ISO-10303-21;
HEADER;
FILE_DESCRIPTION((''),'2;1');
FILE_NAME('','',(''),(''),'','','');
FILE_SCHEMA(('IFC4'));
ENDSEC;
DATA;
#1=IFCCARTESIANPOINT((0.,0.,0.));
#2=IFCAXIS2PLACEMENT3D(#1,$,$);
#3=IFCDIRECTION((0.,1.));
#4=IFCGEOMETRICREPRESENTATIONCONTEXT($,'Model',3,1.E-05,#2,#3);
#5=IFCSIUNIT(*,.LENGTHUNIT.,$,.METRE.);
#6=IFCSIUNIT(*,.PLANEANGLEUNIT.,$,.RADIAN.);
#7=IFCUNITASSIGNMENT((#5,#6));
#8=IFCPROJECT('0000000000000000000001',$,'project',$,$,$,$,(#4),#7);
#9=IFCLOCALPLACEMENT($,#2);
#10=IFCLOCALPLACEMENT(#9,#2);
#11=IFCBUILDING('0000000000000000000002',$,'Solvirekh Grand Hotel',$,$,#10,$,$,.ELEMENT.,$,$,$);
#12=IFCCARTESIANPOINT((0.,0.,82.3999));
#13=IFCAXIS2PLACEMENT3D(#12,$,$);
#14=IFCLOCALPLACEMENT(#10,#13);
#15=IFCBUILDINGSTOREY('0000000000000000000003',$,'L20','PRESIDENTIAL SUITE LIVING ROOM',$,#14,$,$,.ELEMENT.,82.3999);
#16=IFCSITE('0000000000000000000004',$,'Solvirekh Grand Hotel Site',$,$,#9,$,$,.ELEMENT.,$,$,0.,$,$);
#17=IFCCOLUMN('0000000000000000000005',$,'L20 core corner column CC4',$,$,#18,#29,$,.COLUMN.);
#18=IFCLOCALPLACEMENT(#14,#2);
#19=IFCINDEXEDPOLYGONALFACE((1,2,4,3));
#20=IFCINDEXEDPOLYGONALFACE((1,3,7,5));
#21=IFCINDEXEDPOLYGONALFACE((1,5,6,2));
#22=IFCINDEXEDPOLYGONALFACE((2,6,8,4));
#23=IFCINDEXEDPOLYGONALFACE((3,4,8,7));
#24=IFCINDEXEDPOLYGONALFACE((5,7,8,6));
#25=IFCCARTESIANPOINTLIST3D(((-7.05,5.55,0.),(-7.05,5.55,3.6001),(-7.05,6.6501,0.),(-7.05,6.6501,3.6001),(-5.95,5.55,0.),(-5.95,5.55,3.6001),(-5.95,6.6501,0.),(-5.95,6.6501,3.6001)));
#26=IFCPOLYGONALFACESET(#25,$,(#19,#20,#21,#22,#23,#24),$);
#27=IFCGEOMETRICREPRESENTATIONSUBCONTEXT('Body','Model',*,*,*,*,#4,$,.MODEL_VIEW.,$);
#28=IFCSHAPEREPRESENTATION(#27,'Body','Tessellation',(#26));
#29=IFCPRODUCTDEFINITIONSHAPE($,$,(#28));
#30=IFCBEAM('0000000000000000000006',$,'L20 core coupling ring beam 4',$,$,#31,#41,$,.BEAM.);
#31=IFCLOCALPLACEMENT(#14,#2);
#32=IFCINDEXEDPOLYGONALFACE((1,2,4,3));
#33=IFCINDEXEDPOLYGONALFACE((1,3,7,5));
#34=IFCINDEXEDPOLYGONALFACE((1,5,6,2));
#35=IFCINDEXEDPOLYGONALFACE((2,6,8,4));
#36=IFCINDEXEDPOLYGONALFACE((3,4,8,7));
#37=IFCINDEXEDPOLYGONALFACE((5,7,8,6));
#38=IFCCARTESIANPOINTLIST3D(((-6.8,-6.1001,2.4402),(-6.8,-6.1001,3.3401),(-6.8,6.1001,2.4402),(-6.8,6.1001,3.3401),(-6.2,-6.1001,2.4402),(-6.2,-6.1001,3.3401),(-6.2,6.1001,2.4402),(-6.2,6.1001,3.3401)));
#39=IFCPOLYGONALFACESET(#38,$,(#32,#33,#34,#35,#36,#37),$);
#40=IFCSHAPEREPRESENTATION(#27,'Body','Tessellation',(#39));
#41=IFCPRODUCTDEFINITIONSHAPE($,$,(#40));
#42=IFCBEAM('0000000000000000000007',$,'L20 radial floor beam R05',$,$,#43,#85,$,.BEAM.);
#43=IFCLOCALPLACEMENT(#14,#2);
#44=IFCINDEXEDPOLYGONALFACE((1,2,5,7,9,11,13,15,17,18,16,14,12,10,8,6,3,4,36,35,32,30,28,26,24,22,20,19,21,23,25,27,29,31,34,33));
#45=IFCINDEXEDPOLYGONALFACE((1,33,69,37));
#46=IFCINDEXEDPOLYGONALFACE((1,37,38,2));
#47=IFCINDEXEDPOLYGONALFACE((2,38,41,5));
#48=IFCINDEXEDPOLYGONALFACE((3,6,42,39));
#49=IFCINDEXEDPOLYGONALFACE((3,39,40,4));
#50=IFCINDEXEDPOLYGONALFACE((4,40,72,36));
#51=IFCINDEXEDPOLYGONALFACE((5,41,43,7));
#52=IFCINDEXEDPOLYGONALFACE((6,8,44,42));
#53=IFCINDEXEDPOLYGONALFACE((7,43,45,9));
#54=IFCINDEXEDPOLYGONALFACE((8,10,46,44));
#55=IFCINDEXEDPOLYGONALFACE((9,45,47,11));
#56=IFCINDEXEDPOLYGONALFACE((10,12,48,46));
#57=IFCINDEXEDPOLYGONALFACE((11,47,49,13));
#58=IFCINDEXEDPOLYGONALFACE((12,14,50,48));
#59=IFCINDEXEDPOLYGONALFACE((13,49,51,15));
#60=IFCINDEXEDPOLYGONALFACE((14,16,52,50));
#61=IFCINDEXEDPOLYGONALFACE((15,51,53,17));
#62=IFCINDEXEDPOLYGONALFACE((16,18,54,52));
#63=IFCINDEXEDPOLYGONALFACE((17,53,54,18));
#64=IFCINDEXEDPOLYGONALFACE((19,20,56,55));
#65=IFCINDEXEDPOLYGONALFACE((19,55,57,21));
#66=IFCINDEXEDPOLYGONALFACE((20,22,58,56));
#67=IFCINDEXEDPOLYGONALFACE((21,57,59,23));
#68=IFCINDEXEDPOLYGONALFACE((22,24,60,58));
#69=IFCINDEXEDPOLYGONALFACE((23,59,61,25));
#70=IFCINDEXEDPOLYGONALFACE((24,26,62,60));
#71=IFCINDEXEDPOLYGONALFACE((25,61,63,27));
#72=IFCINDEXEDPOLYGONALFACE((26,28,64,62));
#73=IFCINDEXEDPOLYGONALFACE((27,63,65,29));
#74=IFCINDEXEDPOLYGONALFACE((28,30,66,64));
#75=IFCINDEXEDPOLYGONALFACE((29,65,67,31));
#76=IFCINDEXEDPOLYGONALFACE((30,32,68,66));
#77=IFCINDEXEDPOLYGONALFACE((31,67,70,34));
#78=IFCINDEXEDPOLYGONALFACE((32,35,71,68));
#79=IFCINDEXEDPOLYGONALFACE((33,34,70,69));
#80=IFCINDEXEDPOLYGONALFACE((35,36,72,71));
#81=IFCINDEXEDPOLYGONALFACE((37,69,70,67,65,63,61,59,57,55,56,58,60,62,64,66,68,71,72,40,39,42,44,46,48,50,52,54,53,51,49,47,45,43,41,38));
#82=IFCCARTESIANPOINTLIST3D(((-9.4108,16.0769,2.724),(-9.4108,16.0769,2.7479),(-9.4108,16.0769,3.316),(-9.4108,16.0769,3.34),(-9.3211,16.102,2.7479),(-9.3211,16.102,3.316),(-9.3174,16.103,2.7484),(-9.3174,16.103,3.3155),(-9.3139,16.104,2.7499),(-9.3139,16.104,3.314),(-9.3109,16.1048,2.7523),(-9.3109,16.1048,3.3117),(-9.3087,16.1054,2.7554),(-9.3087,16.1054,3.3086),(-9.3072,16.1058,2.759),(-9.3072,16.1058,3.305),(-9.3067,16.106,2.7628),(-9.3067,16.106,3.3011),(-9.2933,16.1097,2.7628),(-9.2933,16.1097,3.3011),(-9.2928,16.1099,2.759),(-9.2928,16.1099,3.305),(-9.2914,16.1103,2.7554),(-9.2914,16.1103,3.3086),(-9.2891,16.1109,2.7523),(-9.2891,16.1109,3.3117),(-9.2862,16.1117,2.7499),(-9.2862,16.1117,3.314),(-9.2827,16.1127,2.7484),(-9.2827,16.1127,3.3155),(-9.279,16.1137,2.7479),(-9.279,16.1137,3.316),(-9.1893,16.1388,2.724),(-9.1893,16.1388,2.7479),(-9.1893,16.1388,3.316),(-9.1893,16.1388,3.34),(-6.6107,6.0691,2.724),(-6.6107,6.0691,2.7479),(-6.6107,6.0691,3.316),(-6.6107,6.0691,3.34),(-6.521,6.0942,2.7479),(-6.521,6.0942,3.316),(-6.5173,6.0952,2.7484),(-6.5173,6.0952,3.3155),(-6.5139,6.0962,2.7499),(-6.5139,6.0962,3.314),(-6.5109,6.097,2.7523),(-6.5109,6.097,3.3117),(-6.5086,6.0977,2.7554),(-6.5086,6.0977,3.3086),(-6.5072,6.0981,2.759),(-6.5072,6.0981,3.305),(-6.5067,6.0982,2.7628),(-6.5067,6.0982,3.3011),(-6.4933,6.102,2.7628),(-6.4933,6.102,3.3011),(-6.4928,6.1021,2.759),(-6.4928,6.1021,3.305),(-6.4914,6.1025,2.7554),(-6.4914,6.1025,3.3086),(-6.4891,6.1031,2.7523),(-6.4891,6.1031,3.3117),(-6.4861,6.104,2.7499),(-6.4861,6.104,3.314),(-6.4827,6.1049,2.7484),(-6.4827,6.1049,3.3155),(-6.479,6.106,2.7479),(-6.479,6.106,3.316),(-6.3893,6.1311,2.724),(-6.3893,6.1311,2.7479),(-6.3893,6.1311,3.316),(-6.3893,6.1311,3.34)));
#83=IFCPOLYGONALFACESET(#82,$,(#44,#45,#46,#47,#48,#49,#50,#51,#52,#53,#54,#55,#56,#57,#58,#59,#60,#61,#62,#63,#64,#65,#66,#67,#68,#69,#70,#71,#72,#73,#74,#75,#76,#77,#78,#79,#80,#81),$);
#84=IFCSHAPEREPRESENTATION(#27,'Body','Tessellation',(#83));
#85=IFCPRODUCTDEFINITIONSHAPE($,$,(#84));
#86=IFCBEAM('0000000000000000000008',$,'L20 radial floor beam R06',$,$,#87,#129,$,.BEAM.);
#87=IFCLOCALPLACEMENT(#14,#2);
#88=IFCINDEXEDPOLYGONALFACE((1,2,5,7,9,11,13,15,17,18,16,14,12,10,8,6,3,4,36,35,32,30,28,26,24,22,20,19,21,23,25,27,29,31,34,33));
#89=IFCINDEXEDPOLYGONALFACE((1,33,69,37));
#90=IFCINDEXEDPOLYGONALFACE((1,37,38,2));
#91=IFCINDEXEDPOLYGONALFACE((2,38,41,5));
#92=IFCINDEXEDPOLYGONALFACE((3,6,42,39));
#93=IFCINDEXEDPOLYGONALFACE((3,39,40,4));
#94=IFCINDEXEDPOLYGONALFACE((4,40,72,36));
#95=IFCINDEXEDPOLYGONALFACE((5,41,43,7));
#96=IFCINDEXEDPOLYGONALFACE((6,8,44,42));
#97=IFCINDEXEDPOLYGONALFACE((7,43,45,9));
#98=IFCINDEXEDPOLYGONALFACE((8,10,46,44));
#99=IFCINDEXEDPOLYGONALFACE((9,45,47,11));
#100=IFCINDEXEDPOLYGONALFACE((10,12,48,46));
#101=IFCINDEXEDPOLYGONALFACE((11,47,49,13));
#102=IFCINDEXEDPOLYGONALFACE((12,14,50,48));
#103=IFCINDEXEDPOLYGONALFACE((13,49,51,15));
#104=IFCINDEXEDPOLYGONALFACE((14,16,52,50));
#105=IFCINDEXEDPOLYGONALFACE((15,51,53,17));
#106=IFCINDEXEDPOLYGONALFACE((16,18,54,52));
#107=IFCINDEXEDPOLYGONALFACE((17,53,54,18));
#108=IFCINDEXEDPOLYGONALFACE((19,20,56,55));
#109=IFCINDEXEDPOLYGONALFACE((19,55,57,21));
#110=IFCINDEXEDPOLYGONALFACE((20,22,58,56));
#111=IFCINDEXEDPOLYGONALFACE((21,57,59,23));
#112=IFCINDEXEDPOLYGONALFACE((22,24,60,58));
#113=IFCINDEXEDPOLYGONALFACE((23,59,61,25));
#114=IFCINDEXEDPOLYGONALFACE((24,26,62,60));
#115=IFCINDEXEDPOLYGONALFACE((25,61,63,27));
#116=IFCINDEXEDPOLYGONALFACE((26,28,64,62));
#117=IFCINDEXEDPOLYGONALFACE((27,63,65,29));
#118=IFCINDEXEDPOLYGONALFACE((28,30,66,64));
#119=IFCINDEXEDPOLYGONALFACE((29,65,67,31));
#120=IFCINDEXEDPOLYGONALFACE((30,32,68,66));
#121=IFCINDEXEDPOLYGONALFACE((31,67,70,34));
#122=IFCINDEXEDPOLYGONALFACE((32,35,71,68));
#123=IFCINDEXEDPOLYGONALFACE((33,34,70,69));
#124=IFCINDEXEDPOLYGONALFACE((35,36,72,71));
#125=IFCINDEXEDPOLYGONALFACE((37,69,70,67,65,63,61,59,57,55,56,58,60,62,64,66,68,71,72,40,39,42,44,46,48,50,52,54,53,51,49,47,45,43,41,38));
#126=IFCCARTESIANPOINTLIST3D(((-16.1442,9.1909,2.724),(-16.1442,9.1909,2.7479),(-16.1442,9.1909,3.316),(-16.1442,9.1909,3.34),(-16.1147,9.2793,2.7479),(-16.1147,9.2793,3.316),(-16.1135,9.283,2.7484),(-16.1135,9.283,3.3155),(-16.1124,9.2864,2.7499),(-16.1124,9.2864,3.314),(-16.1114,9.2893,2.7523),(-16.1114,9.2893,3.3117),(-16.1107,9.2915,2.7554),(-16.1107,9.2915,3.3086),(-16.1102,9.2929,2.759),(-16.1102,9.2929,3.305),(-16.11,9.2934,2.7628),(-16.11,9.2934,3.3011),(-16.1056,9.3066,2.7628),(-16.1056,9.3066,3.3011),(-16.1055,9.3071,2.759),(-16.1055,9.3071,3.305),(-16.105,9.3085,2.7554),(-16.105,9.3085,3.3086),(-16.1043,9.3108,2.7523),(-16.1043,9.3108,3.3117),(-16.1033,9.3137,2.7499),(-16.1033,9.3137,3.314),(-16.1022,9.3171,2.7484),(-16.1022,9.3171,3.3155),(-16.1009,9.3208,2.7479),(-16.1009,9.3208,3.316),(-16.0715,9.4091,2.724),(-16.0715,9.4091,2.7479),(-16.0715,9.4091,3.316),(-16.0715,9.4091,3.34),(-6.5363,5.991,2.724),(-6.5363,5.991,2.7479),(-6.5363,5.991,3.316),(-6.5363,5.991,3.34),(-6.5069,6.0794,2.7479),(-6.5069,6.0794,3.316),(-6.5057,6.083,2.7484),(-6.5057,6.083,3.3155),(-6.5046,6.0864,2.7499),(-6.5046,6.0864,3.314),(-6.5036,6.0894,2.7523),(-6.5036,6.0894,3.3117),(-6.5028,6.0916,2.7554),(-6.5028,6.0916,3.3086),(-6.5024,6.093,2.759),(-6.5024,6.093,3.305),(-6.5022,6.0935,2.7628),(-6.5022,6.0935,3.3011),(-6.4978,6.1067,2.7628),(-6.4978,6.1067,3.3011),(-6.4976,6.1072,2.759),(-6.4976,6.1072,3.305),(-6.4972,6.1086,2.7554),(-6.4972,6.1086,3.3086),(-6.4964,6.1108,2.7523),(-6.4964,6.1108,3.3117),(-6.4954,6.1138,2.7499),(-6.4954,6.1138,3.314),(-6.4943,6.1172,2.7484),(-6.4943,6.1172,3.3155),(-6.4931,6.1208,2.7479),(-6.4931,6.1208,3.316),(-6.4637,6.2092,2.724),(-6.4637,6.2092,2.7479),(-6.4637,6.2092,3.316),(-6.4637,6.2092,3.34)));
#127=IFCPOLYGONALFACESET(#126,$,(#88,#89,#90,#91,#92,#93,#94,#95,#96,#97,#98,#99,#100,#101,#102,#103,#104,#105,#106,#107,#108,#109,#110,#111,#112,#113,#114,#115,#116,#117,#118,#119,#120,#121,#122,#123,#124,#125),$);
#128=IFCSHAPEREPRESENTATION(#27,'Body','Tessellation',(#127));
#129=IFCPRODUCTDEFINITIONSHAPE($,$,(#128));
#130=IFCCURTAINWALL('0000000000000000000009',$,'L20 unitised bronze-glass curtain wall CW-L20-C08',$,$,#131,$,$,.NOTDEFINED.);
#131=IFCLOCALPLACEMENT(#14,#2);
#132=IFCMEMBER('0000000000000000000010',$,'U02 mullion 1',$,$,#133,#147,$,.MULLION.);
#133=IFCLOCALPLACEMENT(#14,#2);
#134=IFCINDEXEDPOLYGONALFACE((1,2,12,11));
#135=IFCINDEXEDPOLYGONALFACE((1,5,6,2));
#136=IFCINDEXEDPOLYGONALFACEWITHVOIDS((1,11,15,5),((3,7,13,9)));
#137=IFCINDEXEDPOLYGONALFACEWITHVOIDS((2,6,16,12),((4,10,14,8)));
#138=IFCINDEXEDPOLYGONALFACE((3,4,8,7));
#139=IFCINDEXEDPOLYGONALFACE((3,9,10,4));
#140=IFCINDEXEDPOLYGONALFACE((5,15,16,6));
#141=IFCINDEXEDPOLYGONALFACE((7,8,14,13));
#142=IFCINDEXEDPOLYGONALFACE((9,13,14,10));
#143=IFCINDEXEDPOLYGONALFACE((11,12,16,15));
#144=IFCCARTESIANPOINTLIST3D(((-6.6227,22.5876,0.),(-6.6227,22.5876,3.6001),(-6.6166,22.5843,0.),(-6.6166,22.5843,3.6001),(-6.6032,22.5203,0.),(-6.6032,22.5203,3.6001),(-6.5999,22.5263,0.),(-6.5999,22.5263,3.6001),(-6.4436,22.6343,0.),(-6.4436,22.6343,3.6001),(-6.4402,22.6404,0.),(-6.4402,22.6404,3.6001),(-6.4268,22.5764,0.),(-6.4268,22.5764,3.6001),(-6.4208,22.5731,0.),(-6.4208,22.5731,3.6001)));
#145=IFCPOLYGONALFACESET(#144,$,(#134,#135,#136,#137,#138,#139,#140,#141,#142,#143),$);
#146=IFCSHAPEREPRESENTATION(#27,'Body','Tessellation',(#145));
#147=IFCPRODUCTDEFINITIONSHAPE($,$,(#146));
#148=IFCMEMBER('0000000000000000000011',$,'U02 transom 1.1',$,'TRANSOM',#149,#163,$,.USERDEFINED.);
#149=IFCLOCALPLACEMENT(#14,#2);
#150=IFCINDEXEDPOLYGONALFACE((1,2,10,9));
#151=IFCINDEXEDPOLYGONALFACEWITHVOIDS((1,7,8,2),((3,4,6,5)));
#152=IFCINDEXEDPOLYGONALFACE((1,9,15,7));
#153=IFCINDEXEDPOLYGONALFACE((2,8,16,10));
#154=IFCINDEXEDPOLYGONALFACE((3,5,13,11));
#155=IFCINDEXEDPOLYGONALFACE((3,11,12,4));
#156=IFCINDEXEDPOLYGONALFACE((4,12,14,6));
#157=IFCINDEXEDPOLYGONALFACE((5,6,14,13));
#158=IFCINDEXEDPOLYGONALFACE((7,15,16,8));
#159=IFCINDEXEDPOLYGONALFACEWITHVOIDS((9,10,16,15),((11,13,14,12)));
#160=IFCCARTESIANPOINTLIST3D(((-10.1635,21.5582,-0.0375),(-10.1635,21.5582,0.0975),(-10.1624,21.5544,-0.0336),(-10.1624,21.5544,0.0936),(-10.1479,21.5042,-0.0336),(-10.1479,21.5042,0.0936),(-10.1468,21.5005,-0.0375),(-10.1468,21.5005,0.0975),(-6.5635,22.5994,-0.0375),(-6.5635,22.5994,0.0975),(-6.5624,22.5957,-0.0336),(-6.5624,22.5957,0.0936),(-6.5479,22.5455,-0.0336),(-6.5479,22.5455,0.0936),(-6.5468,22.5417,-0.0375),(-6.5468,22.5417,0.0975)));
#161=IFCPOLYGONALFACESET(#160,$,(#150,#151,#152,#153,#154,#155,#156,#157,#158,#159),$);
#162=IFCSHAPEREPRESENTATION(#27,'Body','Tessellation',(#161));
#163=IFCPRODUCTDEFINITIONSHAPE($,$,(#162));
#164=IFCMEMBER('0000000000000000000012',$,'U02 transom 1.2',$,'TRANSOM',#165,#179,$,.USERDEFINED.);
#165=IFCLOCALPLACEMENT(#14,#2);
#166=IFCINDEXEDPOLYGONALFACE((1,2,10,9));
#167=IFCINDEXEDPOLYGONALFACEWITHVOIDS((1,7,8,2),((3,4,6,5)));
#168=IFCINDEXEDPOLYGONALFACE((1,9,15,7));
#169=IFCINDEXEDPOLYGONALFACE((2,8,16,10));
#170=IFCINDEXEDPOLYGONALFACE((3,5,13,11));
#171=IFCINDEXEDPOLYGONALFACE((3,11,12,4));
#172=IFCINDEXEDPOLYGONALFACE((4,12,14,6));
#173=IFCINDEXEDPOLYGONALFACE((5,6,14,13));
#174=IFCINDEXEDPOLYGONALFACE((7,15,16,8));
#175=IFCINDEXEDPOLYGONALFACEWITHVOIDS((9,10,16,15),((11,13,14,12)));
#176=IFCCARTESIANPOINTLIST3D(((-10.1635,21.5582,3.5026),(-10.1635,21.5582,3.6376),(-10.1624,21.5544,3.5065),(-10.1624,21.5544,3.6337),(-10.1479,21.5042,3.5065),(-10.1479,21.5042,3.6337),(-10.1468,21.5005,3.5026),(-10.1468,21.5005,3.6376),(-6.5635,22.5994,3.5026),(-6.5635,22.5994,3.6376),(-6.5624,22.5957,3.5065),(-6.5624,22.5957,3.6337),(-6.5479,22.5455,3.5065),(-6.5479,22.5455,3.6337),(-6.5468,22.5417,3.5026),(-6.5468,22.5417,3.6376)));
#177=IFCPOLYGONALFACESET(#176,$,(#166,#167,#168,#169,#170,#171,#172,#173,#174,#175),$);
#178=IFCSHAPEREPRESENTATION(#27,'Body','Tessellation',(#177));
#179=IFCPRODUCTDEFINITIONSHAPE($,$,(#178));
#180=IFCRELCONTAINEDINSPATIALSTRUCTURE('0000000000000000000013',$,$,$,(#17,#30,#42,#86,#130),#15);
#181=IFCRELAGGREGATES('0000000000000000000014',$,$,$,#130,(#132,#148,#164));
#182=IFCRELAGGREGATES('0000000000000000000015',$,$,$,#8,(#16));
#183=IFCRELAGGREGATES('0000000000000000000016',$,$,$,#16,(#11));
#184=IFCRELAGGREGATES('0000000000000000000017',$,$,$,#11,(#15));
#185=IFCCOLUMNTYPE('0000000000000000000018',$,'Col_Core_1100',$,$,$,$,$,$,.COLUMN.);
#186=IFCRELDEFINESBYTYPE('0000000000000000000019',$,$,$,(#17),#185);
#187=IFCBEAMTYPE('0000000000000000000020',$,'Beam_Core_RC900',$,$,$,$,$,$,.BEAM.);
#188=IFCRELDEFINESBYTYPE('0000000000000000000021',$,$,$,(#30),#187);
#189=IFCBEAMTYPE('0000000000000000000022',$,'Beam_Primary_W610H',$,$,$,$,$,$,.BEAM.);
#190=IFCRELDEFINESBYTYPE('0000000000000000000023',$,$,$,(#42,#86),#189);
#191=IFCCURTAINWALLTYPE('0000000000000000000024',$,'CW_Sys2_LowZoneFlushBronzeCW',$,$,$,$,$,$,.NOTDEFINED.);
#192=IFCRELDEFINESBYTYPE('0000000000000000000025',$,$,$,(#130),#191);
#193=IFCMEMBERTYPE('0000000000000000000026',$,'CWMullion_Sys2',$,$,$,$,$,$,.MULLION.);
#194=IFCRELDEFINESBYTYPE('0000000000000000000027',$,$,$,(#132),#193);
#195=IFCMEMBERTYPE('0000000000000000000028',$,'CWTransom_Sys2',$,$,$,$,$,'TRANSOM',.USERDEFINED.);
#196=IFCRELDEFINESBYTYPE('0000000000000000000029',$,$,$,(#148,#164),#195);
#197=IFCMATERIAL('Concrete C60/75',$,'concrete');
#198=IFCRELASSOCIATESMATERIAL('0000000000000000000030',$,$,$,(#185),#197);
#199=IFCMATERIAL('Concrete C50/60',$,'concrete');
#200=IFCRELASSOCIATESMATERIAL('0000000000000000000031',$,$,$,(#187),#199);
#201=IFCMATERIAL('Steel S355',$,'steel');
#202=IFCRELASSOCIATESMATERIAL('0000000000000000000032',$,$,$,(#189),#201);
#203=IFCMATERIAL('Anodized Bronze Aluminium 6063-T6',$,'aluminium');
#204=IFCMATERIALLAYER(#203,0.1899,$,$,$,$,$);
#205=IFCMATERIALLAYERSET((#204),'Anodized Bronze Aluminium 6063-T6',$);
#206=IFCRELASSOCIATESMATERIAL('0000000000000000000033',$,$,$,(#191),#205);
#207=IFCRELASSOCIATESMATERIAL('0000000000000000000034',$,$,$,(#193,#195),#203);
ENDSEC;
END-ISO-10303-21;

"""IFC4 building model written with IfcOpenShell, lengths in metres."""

from ifc_helpers import new_model, si_unit, direction, frame, origin, origin_2d, place, context, subcontext, project, spatial, rectangle, hollow_rectangle, i_section, extrude, source, transform, mapped, material, layer, layer_set, material_profile, profile_set, type_object, element, aggregate, save


model = new_model("IFC4")

# Units and contexts
model_context = context("Model", 3, precision=1e-05, world=origin(), true_north=direction((0.0, 1.0)))
body_context = subcontext(model_context, "Body", "Model", "MODEL_VIEW")
ifc_project = project(units=[si_unit("LENGTHUNIT", "METRE"), si_unit("PLANEANGLEUNIT", "RADIAN")], contexts=[model_context])

# Site, building, storey
site_placement = place(None, origin())
site = spatial("IfcSite", under=ifc_project, at=site_placement, Name="Solvirekh Grand Hotel Site", CompositionType="ELEMENT", RefElevation=0.0)
building_placement = place(site_placement, origin())
building = spatial("IfcBuilding", under=site, at=building_placement, Name="Solvirekh Grand Hotel", CompositionType="ELEMENT")
storey_placement = place(building_placement, frame((0.0, 0.0, 82.3999)))
storey = spatial("IfcBuildingStorey", under=building, at=storey_placement, Name="L20", Description="PRESIDENTIAL SUITE LIVING ROOM", CompositionType="ELEMENT", Elevation=82.3999)

# Column
ifc_material_1 = material(Name="Concrete C60/75", Category="concrete")
ifc_material_profile_1 = material_profile(ifc_material_1, rectangle(XDim=1.1001, YDim=1.1001, at=origin_2d()), Name="RC 1100X1100")
ifc_profile_set_1 = profile_set([ifc_material_profile_1], Name="Concrete C60/75")
column_type = type_object("IfcColumnType", Name="Col_Core_1100", PredefinedType="COLUMN", material=ifc_profile_set_1)
column_placement = place(storey_placement, frame((-6.5, 6.1001, 0.0), z_axis=(0.0, 0.0, 1.0), x_axis=(1.0, 0.0, 0.0)))
element("IfcColumn", 1, at=column_placement, inside=storey, type_object=column_type, Name="L20 core corner column CC4", PredefinedType="COLUMN", context=body_context, shape_type="SweptSolid", body=[
    extrude(rectangle(XDim=1.1001, YDim=1.1001, at=origin_2d()), origin(), (0.0, 0.0, 1.0), 3.6001),
])

# Beams
ifc_material_2 = material(Name="Concrete C50/60", Category="concrete")
ifc_material_profile_2 = material_profile(ifc_material_2, rectangle(XDim=0.6001, YDim=0.8999, at=origin_2d()), Name="RC BEAM 600X900")
ifc_profile_set_2 = profile_set([ifc_material_profile_2], Name="Concrete C50/60")
beam_type_1 = type_object("IfcBeamType", Name="Beam_Core_RC900", PredefinedType="BEAM", material=ifc_profile_set_2)
beam_1_placement = place(storey_placement, frame((-6.5, 6.1001, 2.8901), z_axis=(0.0, -1.0, 0.0), x_axis=(1.0, 0.0, 0.0)))
element("IfcBeam", 2, at=beam_1_placement, inside=storey, type_object=beam_type_1, Name="L20 core coupling ring beam 4", PredefinedType="BEAM", context=body_context, shape_type="SweptSolid", body=[
    extrude(rectangle(XDim=0.6001, YDim=0.8999, at=origin_2d()), origin(), (0.0, 0.0, 1.0), 12.2002),
])
ifc_material_3 = material(Name="Steel S355", Category="steel")
ifc_material_profile_3 = material_profile(ifc_material_3, i_section(OverallWidth=0.23, OverallDepth=0.616, WebThickness=0.0139, FlangeThickness=0.0239, FilletRadius=0.0149, at=origin_2d()), Name="W610X174")
ifc_profile_set_3 = profile_set([ifc_material_profile_3], Name="Steel S355")
beam_type_2 = type_object("IfcBeamType", Name="Beam_Primary_W610H", PredefinedType="BEAM", material=ifc_profile_set_3)
beam_2_placement = place(storey_placement, frame((-6.5, 6.1001, 3.032), z_axis=(-0.269439, 0.963017, 0.0), x_axis=(-0.963017, -0.269439, 0.0)))
element("IfcBeam", 3, at=beam_2_placement, inside=storey, type_object=beam_type_2, Name="L20 radial floor beam R05", PredefinedType="BEAM", context=body_context, shape_type="SweptSolid", body=[
    extrude(i_section(OverallWidth=0.23, OverallDepth=0.616, WebThickness=0.0139, FlangeThickness=0.0239, FilletRadius=0.0149, at=origin_2d()), origin(), (0.0, 0.0, 1.0), 10.3921),
])
beam_3_placement = place(storey_placement, frame((-6.5, 6.1001, 3.032), z_axis=(-0.948763, 0.315989, 0.0), x_axis=(-0.315989, -0.948763, 0.0)))
element("IfcBeam", 4, at=beam_3_placement, inside=storey, type_object=beam_type_2, Name="L20 radial floor beam R06", PredefinedType="BEAM", context=body_context, shape_type="SweptSolid", body=[
    extrude(i_section(OverallWidth=0.23, OverallDepth=0.616, WebThickness=0.0139, FlangeThickness=0.0239, FilletRadius=0.0149, at=origin_2d()), origin(), (0.0, 0.0, 1.0), 10.1267),
])

# Curtain wall, members
ifc_material_4 = material(Name="Anodized Bronze Aluminium 6063-T6", Category="aluminium")
ifc_layer_1 = layer(ifc_material_4, 0.1899)
ifc_layer_set_1 = layer_set([ifc_layer_1], Name="Anodized Bronze Aluminium 6063-T6")
curtain_wall_type = type_object("IfcCurtainWallType", Name="CW_Sys2_LowZoneFlushBronzeCW", PredefinedType="NOTDEFINED", material=ifc_layer_set_1)
curtain_wall_placement = place(storey_placement, origin())
curtain_wall = element("IfcCurtainWall", 5, at=curtain_wall_placement, inside=storey, type_object=curtain_wall_type, Name="L20 unitised bronze-glass curtain wall CW-L20-C08", PredefinedType="NOTDEFINED")
ifc_material_profile_4 = material_profile(ifc_material_4, hollow_rectangle(XDim=0.0701, YDim=0.1899, WallThickness=0.0049, at=origin_2d()), Name="ALU RHS 190X70X5")
ifc_profile_set_4 = profile_set([ifc_material_profile_4], Name="Anodized Bronze Aluminium 6063-T6")
member_type_1 = type_object("IfcMemberType", Name="CWMullion_Sys2", PredefinedType="MULLION", material=ifc_profile_set_4)
shared_shape_1 = source(origin(), body_context, "Body", "SweptSolid", [
    extrude(hollow_rectangle(XDim=0.0701, YDim=0.1899, WallThickness=0.0049, at=origin_2d()), origin(), (0.0, 0.0, 1.0), 3.6001),
])
member_1_placement = place(storey_placement, frame((-6.5217, 22.5803, 0.0), z_axis=(0.0, 0.0, 1.0), x_axis=(0.277856, -0.960623, 0.0)))
member_1 = element("IfcMember", 6, at=member_1_placement, type_object=member_type_1, Name="U02 mullion 1", PredefinedType="MULLION", context=body_context, shape_type="MappedRepresentation", body=[
    mapped(shared_shape_1, transform((0.0, 0.0, 0.0), x_axis=(1.0, 0.0, 0.0), y_axis=(0.0, 1.0, 0.0), z_axis=(0.0, 0.0, 1.0), scale=1.0)),
])
ifc_material_profile_5 = material_profile(ifc_material_4, hollow_rectangle(XDim=0.0601, YDim=0.135, WallThickness=0.0039, at=origin_2d()), Name="ALU RHS 135X60X4")
ifc_profile_set_5 = profile_set([ifc_material_profile_5], Name="Anodized Bronze Aluminium 6063-T6")
member_type_2 = type_object("IfcMemberType", Name="CWTransom_Sys2", ElementType="TRANSOM", PredefinedType="USERDEFINED", material=ifc_profile_set_5)
shared_shape_2 = source(origin(), body_context, "Body", "SweptSolid", [
    extrude(hollow_rectangle(XDim=0.0601, YDim=0.135, WallThickness=0.0039, at=origin_2d()), origin(), (0.0, 0.0, 1.0), 3.7476),
])
member_2_placement = place(storey_placement, frame((-6.5552, 22.5706, 0.03), z_axis=(-0.960627, -0.277843, 0.0), x_axis=(0.277843, -0.960627, 0.0)))
member_2 = element("IfcMember", 7, at=member_2_placement, type_object=member_type_2, Name="U02 transom 1.1", ObjectType="TRANSOM", PredefinedType="USERDEFINED", context=body_context, shape_type="MappedRepresentation", body=[
    mapped(shared_shape_2, transform((0.0, 0.0, 0.0), x_axis=(1.0, 0.0, 0.0), y_axis=(0.0, 1.0, 0.0), z_axis=(0.0, 0.0, 1.0), scale=1.0)),
])
member_3_placement = place(storey_placement, frame((-6.5552, 22.5706, 3.5701), z_axis=(-0.960627, -0.277843, 0.0), x_axis=(0.277843, -0.960627, 0.0)))
member_3 = element("IfcMember", 8, at=member_3_placement, type_object=member_type_2, Name="U02 transom 1.2", ObjectType="TRANSOM", PredefinedType="USERDEFINED", context=body_context, shape_type="MappedRepresentation", body=[
    mapped(shared_shape_2, transform((0.0, 0.0, 0.0), x_axis=(1.0, 0.0, 0.0), y_axis=(0.0, 1.0, 0.0), z_axis=(0.0, 0.0, 1.0), scale=1.0)),
])
aggregate(curtain_wall, [member_1, member_2, member_3])

save(model, "model.ifc")
